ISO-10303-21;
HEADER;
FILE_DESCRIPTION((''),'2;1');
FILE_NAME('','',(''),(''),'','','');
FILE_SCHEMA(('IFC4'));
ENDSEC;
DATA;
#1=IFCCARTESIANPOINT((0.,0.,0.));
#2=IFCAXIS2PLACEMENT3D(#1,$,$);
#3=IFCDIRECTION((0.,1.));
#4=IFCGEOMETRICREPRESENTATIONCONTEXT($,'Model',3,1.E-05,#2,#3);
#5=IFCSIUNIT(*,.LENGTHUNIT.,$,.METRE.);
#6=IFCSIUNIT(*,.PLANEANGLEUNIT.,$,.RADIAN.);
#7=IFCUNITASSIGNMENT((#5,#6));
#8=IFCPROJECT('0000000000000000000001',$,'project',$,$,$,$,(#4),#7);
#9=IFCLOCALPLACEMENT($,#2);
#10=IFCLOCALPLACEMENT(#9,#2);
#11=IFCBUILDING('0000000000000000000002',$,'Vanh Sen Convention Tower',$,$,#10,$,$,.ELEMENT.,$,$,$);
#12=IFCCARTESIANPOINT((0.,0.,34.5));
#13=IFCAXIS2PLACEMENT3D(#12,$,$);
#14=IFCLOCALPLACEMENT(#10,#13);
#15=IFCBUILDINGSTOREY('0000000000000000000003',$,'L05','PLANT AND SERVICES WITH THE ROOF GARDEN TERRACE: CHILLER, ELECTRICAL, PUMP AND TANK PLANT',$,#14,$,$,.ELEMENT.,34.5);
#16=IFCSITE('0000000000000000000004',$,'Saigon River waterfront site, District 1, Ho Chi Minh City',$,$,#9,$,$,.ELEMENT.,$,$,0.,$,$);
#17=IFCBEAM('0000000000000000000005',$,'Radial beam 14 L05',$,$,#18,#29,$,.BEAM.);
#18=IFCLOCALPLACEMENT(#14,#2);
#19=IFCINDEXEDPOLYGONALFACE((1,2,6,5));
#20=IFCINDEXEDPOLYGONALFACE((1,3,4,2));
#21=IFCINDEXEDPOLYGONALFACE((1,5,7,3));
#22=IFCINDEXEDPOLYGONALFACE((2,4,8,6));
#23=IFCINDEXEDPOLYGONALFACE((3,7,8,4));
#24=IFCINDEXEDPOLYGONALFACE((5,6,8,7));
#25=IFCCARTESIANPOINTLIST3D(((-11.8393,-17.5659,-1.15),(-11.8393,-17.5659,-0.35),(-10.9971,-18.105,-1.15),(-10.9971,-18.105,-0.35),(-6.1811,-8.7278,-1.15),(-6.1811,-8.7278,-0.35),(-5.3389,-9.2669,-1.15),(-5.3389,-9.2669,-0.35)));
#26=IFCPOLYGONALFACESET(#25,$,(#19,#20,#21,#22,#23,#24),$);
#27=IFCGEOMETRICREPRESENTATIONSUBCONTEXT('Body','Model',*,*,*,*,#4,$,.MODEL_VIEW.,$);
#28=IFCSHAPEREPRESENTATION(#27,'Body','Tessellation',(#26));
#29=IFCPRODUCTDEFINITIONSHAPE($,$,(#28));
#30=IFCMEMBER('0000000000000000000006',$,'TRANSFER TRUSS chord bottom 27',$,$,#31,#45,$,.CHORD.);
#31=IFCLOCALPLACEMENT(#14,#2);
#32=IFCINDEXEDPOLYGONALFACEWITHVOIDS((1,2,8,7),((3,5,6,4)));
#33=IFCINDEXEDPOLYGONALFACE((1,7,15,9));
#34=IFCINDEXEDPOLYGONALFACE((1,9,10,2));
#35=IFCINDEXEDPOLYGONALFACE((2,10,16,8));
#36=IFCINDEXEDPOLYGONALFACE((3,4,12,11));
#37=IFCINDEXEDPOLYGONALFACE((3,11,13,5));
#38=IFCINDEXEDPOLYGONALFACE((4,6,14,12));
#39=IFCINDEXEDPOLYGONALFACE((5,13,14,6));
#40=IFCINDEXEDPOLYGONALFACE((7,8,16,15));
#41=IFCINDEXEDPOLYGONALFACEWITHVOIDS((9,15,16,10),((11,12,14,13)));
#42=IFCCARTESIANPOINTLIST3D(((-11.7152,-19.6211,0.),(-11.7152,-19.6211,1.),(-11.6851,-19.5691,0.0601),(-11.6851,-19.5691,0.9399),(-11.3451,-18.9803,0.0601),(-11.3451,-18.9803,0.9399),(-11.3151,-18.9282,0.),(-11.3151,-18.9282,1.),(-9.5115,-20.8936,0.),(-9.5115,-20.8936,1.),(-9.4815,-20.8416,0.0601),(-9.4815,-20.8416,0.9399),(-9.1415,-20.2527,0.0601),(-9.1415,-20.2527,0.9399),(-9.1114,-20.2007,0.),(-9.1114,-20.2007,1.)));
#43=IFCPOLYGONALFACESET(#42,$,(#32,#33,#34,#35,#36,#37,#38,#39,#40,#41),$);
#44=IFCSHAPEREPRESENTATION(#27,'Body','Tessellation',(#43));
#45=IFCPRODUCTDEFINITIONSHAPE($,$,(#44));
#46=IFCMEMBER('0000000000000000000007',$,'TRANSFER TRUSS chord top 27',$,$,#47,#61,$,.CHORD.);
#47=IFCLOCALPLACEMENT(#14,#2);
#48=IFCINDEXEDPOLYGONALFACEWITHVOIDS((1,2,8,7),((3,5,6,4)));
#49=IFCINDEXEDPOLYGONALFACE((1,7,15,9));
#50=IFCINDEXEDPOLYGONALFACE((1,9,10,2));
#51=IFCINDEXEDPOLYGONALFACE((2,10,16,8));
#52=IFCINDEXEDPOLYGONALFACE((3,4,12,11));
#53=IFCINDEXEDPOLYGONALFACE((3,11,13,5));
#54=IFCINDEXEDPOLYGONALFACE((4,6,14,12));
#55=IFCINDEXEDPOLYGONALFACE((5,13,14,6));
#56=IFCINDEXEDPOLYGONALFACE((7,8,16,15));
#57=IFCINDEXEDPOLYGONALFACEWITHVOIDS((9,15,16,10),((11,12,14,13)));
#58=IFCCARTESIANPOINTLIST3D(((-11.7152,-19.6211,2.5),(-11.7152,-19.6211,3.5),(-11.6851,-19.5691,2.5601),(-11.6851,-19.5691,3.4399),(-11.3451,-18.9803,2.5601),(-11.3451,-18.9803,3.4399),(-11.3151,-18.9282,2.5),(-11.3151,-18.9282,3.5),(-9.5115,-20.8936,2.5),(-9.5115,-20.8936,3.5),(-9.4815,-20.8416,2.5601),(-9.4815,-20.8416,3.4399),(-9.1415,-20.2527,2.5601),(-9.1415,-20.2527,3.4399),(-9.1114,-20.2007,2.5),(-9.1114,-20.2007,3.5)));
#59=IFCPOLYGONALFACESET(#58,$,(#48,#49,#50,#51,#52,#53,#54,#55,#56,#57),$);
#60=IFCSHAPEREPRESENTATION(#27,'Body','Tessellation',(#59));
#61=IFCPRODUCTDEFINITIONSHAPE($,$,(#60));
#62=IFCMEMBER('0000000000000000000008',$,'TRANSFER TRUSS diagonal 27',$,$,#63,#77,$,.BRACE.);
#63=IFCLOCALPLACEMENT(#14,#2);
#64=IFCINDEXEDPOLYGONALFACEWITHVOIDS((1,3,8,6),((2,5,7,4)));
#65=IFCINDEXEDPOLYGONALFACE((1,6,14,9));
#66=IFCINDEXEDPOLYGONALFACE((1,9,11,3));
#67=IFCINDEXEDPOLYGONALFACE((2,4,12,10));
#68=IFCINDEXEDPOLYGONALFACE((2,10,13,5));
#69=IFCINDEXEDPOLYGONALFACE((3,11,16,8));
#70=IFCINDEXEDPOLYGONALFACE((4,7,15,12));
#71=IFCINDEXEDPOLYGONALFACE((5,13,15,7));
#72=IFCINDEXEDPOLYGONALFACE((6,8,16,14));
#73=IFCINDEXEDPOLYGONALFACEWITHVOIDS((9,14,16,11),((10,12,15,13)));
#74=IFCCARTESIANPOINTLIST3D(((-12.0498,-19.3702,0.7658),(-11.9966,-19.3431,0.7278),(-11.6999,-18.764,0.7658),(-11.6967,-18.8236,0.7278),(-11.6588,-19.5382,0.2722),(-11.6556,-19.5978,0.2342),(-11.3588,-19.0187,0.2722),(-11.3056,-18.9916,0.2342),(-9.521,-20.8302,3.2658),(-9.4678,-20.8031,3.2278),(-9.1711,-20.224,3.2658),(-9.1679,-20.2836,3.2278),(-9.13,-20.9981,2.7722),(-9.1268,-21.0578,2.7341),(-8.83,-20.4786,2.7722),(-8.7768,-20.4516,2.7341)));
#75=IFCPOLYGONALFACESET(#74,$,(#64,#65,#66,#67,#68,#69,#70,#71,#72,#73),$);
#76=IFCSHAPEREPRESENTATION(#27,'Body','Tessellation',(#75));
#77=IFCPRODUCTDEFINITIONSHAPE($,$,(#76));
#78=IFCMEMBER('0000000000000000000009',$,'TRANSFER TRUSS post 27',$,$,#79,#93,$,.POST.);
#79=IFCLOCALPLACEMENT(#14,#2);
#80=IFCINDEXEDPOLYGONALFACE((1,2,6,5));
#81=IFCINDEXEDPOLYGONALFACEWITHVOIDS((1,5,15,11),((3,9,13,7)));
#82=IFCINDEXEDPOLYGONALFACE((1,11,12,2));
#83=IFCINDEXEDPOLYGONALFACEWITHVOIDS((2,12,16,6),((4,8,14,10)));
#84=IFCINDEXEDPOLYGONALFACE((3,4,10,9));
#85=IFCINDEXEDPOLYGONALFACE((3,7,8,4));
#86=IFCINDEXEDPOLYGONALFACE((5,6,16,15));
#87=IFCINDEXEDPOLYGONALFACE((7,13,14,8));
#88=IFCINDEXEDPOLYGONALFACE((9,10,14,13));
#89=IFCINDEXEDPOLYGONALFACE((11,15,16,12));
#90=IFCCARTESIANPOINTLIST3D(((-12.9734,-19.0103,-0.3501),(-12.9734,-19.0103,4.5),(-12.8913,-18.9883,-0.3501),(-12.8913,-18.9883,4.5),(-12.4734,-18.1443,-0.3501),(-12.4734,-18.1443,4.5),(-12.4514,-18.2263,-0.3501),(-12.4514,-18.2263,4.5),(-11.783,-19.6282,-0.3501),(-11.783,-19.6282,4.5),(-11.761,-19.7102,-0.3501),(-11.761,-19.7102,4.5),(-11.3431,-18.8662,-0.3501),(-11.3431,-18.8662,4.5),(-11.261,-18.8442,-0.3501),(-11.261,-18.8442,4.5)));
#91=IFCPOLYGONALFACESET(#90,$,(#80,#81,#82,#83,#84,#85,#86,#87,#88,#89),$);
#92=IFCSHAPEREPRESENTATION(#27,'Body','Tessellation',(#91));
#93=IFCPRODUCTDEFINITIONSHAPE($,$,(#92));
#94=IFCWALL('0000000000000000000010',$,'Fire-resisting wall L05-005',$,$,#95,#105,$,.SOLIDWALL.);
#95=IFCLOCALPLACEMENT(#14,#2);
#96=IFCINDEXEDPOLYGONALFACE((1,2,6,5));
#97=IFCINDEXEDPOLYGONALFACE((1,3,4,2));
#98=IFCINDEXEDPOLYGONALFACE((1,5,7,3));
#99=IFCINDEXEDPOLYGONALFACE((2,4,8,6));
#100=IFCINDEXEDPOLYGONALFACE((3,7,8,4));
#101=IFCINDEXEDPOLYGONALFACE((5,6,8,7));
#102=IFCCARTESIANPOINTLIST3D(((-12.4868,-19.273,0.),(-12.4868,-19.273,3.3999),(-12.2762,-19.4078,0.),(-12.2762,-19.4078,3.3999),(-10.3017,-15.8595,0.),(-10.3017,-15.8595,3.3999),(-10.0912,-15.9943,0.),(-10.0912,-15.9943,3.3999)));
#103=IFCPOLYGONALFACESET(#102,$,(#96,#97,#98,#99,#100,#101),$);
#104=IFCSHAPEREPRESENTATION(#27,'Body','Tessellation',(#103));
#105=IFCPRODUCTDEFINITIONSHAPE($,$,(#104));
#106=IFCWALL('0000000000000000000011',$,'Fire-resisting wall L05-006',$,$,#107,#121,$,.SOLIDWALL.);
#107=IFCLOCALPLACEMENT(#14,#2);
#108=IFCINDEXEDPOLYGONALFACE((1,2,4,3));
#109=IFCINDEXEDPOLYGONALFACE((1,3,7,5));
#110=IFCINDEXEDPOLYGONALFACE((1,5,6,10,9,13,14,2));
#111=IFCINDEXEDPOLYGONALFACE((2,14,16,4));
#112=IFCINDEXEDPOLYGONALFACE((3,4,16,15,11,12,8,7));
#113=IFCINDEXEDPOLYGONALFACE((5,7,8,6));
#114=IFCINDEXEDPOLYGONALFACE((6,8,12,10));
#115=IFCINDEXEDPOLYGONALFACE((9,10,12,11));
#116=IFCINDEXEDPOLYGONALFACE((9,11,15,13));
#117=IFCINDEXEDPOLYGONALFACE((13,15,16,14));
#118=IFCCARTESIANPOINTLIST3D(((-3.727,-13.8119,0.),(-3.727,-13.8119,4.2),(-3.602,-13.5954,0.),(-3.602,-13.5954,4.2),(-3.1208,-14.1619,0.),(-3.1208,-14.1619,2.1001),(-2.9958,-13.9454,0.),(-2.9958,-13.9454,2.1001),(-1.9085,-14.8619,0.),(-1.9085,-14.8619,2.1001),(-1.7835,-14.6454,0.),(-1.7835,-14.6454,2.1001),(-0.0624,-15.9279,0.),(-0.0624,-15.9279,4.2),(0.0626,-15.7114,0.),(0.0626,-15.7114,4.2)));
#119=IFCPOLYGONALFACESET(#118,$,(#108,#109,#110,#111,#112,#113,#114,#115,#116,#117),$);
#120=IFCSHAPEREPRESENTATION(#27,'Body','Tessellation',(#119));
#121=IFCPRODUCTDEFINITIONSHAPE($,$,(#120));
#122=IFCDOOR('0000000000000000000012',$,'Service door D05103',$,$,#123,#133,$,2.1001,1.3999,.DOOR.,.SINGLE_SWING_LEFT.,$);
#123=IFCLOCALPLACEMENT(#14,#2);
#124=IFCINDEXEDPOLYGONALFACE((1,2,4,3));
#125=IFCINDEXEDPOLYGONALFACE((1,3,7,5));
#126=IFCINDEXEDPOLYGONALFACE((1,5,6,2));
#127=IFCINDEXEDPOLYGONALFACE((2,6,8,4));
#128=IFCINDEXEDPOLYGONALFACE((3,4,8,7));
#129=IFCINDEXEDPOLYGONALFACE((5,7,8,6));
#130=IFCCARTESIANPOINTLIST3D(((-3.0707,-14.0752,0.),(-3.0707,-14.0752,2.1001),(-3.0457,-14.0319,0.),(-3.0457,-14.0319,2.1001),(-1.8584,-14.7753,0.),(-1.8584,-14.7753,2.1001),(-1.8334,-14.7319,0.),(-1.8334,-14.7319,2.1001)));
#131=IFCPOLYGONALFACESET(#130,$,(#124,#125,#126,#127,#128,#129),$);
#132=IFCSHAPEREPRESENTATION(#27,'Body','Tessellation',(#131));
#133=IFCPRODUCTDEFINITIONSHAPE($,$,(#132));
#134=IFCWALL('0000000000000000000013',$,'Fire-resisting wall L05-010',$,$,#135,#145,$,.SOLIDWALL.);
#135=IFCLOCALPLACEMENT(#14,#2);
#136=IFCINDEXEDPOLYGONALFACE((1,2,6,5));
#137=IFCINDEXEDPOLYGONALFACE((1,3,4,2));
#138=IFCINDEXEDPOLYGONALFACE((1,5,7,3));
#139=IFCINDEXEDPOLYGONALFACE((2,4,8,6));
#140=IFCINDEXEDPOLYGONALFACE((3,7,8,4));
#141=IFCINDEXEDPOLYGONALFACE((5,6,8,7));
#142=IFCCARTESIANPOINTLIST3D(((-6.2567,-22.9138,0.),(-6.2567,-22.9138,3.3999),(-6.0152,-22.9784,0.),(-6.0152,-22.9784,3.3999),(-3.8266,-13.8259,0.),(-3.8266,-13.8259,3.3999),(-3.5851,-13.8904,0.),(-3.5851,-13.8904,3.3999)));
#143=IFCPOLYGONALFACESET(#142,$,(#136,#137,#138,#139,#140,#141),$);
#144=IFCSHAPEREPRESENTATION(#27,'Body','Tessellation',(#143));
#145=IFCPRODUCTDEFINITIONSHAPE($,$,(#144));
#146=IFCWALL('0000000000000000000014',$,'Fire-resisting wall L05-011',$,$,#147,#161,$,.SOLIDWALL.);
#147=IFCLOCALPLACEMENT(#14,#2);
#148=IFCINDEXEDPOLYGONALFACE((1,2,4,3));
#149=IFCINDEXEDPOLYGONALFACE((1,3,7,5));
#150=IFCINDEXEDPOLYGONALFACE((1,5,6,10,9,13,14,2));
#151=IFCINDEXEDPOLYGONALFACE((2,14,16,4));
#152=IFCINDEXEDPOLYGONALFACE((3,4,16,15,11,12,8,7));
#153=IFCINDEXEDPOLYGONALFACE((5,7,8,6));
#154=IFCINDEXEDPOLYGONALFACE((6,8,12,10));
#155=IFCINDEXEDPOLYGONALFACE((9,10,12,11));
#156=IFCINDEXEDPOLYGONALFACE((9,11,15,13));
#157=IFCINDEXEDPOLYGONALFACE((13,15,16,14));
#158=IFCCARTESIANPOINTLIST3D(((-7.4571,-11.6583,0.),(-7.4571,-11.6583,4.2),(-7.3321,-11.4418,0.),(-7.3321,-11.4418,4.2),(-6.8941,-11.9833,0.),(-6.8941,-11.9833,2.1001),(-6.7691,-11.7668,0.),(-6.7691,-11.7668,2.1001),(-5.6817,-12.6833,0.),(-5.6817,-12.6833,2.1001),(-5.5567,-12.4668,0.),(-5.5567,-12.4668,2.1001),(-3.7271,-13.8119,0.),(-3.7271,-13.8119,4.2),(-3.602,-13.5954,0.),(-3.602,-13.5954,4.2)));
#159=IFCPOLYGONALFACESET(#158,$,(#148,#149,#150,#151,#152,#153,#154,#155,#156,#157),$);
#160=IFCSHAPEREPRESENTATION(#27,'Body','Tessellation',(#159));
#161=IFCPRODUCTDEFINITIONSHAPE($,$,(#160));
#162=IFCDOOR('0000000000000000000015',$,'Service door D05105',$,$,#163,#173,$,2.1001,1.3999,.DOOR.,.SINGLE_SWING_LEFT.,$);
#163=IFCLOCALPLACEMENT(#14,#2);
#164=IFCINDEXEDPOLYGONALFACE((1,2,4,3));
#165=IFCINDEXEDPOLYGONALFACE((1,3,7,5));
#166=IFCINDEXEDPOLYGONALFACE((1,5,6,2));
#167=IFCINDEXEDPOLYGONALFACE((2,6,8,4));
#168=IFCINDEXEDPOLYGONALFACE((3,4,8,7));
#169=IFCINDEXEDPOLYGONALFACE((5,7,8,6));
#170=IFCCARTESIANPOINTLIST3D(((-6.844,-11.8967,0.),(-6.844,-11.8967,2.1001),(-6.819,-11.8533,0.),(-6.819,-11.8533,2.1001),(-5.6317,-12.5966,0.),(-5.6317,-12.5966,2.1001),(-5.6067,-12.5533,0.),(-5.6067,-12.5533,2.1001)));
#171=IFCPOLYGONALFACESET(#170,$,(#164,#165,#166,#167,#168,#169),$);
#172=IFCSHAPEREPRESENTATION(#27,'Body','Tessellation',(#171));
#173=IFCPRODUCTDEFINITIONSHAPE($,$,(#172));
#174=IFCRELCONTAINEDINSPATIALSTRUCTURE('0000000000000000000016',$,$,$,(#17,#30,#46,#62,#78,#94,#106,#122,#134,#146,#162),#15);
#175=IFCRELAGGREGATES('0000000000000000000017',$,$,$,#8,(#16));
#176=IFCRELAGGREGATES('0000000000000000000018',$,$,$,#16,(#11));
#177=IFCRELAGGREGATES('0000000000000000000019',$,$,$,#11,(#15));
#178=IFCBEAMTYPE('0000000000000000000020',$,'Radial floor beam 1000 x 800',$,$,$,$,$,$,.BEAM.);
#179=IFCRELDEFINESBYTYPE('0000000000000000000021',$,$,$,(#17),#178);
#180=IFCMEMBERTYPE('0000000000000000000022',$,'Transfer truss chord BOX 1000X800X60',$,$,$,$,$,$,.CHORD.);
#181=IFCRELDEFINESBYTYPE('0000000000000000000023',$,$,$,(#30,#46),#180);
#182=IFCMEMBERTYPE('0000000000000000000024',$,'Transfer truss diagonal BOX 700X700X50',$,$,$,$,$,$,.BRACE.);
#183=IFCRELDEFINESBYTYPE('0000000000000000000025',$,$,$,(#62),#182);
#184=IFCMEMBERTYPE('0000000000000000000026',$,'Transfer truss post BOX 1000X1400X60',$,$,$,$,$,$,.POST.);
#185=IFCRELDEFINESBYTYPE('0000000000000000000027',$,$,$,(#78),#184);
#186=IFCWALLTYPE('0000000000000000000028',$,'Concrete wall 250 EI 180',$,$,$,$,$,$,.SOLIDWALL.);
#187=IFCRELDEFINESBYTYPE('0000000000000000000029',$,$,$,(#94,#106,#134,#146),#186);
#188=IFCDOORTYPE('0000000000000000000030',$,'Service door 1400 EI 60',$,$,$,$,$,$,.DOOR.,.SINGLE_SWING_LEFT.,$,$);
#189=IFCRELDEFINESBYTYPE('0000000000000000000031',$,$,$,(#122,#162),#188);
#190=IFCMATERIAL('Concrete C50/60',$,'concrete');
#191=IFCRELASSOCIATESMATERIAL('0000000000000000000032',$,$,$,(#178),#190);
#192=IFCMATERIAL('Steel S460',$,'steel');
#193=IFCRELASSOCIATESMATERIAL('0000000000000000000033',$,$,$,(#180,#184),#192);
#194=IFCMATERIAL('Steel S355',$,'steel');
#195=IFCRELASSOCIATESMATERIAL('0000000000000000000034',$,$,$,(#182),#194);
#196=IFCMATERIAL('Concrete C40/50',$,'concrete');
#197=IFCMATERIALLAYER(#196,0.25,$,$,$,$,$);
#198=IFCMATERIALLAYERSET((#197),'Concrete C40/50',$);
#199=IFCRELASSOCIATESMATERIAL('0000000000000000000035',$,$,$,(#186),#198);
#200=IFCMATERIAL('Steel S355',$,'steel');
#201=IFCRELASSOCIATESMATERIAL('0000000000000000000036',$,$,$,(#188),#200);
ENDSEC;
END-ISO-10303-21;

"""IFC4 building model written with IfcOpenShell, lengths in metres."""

from ifc_helpers import new_model, si_unit, direction, frame, frame_2d, origin, origin_2d, place, context, subcontext, project, spatial, rectangle, hollow_rectangle, extrude, material, layer, layer_set, material_profile, profile_set, type_object, element, fill, save


model = new_model("IFC4")

# Units and contexts
model_context = context("Model", 3, precision=1e-05, world=origin(), true_north=direction((0.0, 1.0)))
body_context = subcontext(model_context, "Body", "Model", "MODEL_VIEW")
ifc_project = project(units=[si_unit("LENGTHUNIT", "METRE"), si_unit("PLANEANGLEUNIT", "RADIAN")], contexts=[model_context])

# Site, building, storey
site_placement = place(None, origin())
site = spatial("IfcSite", under=ifc_project, at=site_placement, Name="Saigon River waterfront site, District 1, Ho Chi Minh City", CompositionType="ELEMENT", RefElevation=0.0)
building_placement = place(site_placement, origin())
building = spatial("IfcBuilding", under=site, at=building_placement, Name="Vanh Sen Convention Tower", CompositionType="ELEMENT")
storey_placement = place(building_placement, frame((0.0, 0.0, 34.5)))
storey = spatial("IfcBuildingStorey", under=building, at=storey_placement, Name="L05", Description="PLANT AND SERVICES WITH THE ROOF GARDEN TERRACE: CHILLER, ELECTRICAL, PUMP AND TANK PLANT", CompositionType="ELEMENT", Elevation=34.5)

# Beam
ifc_material_1 = material(Name="Concrete C50/60", Category="concrete")
ifc_material_profile_1 = material_profile(ifc_material_1, rectangle(XDim=1.0, YDim=0.8, at=origin_2d()), Name="RC 1000X800")
ifc_profile_set_1 = profile_set([ifc_material_profile_1], Name="Concrete C50/60")
beam_type = type_object("IfcBeamType", Name="Radial floor beam 1000 x 800", PredefinedType="BEAM", material=ifc_profile_set_1)
beam_placement = place(storey_placement, frame((-11.4182, -17.8354, -0.75), z_axis=(0.539175, 0.842194, 0.0), x_axis=(-0.842194, 0.539175, 0.0)))
element("IfcBeam", 1, at=beam_placement, inside=storey, type_object=beam_type, Name="Radial beam 14 L05", PredefinedType="BEAM", context=body_context, shape_type="SweptSolid", body=[
    extrude(rectangle(XDim=1.0, YDim=0.8, at=origin_2d()), origin(), (0.0, 0.0, 1.0), 10.4941),
])

# Members
ifc_material_2 = material(Name="Steel S460", Category="steel")
ifc_material_profile_2 = material_profile(ifc_material_2, hollow_rectangle(XDim=0.8, YDim=1.0, WallThickness=0.0601, at=origin_2d()), Name="BOX 1000X800X60")
ifc_profile_set_2 = profile_set([ifc_material_profile_2], Name="Steel S460")
member_type_1 = type_object("IfcMemberType", Name="Transfer truss chord BOX 1000X800X60", PredefinedType="CHORD", material=ifc_profile_set_2)
for number, where, z_axis, x_axis, name in (
    (2, (-11.5151, -19.2747, 0.5), (0.865991, -0.50006, 0.0), (0.50006, 0.865991, 0.0), "TRANSFER TRUSS chord bottom 27"),
    (3, (-11.5151, -19.2747, 3.0), (0.865991, -0.50006, 0.0), (0.50006, 0.865991, 0.0), "TRANSFER TRUSS chord top 27"),
):
    element("IfcMember", number, at=place(storey_placement, frame(where, z_axis=z_axis, x_axis=x_axis)), inside=storey, type_object=member_type_1, Name=name, PredefinedType="CHORD", context=body_context, shape_type="SweptSolid", body=[
        extrude(hollow_rectangle(XDim=0.8, YDim=1.0, WallThickness=0.0601, at=origin_2d()), origin(), (0.0, 0.0, 1.0), 2.5447),
    ])
ifc_material_3 = material(Name="Steel S355", Category="steel")
ifc_material_profile_3 = material_profile(ifc_material_3, hollow_rectangle(XDim=0.7, YDim=0.7, WallThickness=0.05, at=origin_2d()), Name="BOX 700X700X50")
ifc_profile_set_3 = profile_set([ifc_material_profile_3], Name="Steel S355")
member_type_2 = type_object("IfcMemberType", Name="Transfer truss diagonal BOX 700X700X50", PredefinedType="BRACE", material=ifc_profile_set_3)
member_1_placement = place(storey_placement, frame((-11.6777, -19.1809, 0.5), z_axis=(0.657858, -0.379802, 0.650364), x_axis=(0.499988, 0.866032, 0.0)))
element("IfcMember", 4, at=member_1_placement, inside=storey, type_object=member_type_2, Name="TRANSFER TRUSS diagonal 27", PredefinedType="BRACE", context=body_context, shape_type="SweptSolid", body=[
    extrude(hollow_rectangle(XDim=0.7, YDim=0.7, WallThickness=0.05, at=origin_2d()), origin(), (0.0, 0.0, 1.0), 3.844),
])
ifc_material_profile_4 = material_profile(ifc_material_2, hollow_rectangle(XDim=1.3999, YDim=1.0, WallThickness=0.0601, at=origin_2d()), Name="BOX 1000X1400X60")
ifc_profile_set_4 = profile_set([ifc_material_profile_4], Name="Steel S460")
member_type_3 = type_object("IfcMemberType", Name="Transfer truss post BOX 1000X1400X60", PredefinedType="POST", material=ifc_profile_set_4)
member_2_placement = place(storey_placement, frame((-12.1172, -18.9272, -0.3501), z_axis=(0.0, 0.0, 1.0), x_axis=(0.866025, -0.5, 0.0)))
element("IfcMember", 5, at=member_2_placement, inside=storey, type_object=member_type_3, Name="TRANSFER TRUSS post 27", PredefinedType="POST", context=body_context, shape_type="SweptSolid", body=[
    extrude(hollow_rectangle(XDim=1.3999, YDim=1.0, WallThickness=0.0601, at=origin_2d()), origin(), (0.0, 0.0, 1.0), 4.8501),
])

# Wall
ifc_material_4 = material(Name="Concrete C40/50", Category="concrete")
ifc_layer_1 = layer(ifc_material_4, 0.25)
ifc_layer_set_1 = layer_set([ifc_layer_1], Name="Concrete C40/50")
wall_type_1 = type_object("IfcWallType", Name="Concrete wall 250 EI 180", PredefinedType="SOLIDWALL", material=ifc_layer_set_1)
wall_1_placement = place(storey_placement, frame((-10.1965, -15.927, 0.0), z_axis=(0.0, 0.0, 1.0), x_axis=(-0.539119, -0.84223, 0.0)))
element("IfcWall", 6, at=wall_1_placement, inside=storey, type_object=wall_type_1, Name="Fire-resisting wall L05-005", PredefinedType="SOLIDWALL", context=body_context, shape_type="SweptSolid", body=[
    extrude(rectangle(XDim=4.053, YDim=0.25, at=frame_2d((2.0264, 0.0))), origin(), (0.0, 0.0, 1.0), 3.3999),
])

# Wall, opening, door
wall_2_placement = place(storey_placement, frame((0.0, -15.8196, 0.0), z_axis=(0.0, 0.0, 1.0), x_axis=(-0.866001, 0.500042, 0.0)))
wall_2 = element("IfcWall", 7, at=wall_2_placement, inside=storey, type_object=wall_type_1, Name="Fire-resisting wall L05-006", PredefinedType="SOLIDWALL", context=body_context, shape_type="SweptSolid", body=[
    extrude(rectangle(XDim=4.2317, YDim=0.25, at=frame_2d((2.1157, 0.0))), origin(), (0.0, 0.0, 1.0), 4.2),
])
opening_1_placement = place(wall_2_placement, frame((2.1316, 0.0, 0.0)))
opening_1 = element("IfcOpeningElement", 8, at=opening_1_placement, cuts=wall_2, PredefinedType="OPENING", context=body_context, shape_type="SweptSolid", body=[
    extrude(rectangle(XDim=1.3999, YDim=2.1001, at=frame_2d((0.7, 1.05))), frame((0.0, 0.135, 0.0), z_axis=(0.0, -1.0, 0.0), x_axis=(1.0, 0.0, 0.0)), (0.0, 0.0, 1.0), 0.27),
])
ifc_material_5 = material(Name="Steel S355", Category="steel")
door_type_1 = type_object("IfcDoorType", Name="Service door 1400 EI 60", OperationType="SINGLE_SWING_LEFT", PredefinedType="DOOR", material=ifc_material_5)
door_1_placement = place(opening_1_placement, origin())
door_1 = element("IfcDoor", 9, at=door_1_placement, inside=storey, type_object=door_type_1, Name="Service door D05103", OperationType="SINGLE_SWING_LEFT", OverallHeight=2.1001, OverallWidth=1.3999, PredefinedType="DOOR", context=body_context, shape_type="SweptSolid", body=[
    extrude(rectangle(XDim=1.3999, YDim=2.1001, at=frame_2d((0.7, 1.05))), frame((0.0, 0.0249, 0.0), z_axis=(0.0, -1.0, 0.0), x_axis=(1.0, 0.0, 0.0)), (0.0, 0.0, 1.0), 0.05),
])
fill(opening_1, door_1)

# Wall
wall_3_placement = place(storey_placement, frame((-3.7058, -13.8582, 0.0), z_axis=(0.0, 0.0, 1.0), x_axis=(-0.258331, -0.966056, 0.0)))
element("IfcWall", 10, at=wall_3_placement, inside=storey, type_object=wall_type_1, Name="Fire-resisting wall L05-010", PredefinedType="SOLIDWALL", context=body_context, shape_type="SweptSolid", body=[
    extrude(rectangle(XDim=9.4072, YDim=0.25, at=frame_2d((4.7036, 0.0))), origin(), (0.0, 0.0, 1.0), 3.3999),
])

# Wall, opening, door
wall_4_placement = place(storey_placement, frame((-3.6646, -13.7036, 0.0), z_axis=(0.0, 0.0, 1.0), x_axis=(-0.866019, 0.50001, 0.0)))
wall_4 = element("IfcWall", 11, at=wall_4_placement, inside=storey, type_object=wall_type_1, Name="Fire-resisting wall L05-011", PredefinedType="SOLIDWALL", context=body_context, shape_type="SweptSolid", body=[
    extrude(rectangle(XDim=4.3071, YDim=0.25, at=frame_2d((2.1536, 0.0))), origin(), (0.0, 0.0, 1.0), 4.2),
])
opening_2_placement = place(wall_4_placement, frame((2.2571, 0.0, 0.0)))
opening_2 = element("IfcOpeningElement", 12, at=opening_2_placement, cuts=wall_4, PredefinedType="OPENING", context=body_context, shape_type="SweptSolid", body=[
    extrude(rectangle(XDim=1.3999, YDim=2.1001, at=frame_2d((0.7, 1.05))), frame((0.0, 0.135, 0.0), z_axis=(0.0, -1.0, 0.0), x_axis=(1.0, 0.0, 0.0)), (0.0, 0.0, 1.0), 0.27),
])
door_2_placement = place(opening_2_placement, origin())
door_2 = element("IfcDoor", 13, at=door_2_placement, inside=storey, type_object=door_type_1, Name="Service door D05105", OperationType="SINGLE_SWING_LEFT", OverallHeight=2.1001, OverallWidth=1.3999, PredefinedType="DOOR", context=body_context, shape_type="SweptSolid", body=[
    extrude(rectangle(XDim=1.3999, YDim=2.1001, at=frame_2d((0.7, 1.05))), frame((0.0, 0.0249, 0.0), z_axis=(0.0, -1.0, 0.0), x_axis=(1.0, 0.0, 0.0)), (0.0, 0.0, 1.0), 0.05),
])
fill(opening_2, door_2)

save(model, "model.ifc")
